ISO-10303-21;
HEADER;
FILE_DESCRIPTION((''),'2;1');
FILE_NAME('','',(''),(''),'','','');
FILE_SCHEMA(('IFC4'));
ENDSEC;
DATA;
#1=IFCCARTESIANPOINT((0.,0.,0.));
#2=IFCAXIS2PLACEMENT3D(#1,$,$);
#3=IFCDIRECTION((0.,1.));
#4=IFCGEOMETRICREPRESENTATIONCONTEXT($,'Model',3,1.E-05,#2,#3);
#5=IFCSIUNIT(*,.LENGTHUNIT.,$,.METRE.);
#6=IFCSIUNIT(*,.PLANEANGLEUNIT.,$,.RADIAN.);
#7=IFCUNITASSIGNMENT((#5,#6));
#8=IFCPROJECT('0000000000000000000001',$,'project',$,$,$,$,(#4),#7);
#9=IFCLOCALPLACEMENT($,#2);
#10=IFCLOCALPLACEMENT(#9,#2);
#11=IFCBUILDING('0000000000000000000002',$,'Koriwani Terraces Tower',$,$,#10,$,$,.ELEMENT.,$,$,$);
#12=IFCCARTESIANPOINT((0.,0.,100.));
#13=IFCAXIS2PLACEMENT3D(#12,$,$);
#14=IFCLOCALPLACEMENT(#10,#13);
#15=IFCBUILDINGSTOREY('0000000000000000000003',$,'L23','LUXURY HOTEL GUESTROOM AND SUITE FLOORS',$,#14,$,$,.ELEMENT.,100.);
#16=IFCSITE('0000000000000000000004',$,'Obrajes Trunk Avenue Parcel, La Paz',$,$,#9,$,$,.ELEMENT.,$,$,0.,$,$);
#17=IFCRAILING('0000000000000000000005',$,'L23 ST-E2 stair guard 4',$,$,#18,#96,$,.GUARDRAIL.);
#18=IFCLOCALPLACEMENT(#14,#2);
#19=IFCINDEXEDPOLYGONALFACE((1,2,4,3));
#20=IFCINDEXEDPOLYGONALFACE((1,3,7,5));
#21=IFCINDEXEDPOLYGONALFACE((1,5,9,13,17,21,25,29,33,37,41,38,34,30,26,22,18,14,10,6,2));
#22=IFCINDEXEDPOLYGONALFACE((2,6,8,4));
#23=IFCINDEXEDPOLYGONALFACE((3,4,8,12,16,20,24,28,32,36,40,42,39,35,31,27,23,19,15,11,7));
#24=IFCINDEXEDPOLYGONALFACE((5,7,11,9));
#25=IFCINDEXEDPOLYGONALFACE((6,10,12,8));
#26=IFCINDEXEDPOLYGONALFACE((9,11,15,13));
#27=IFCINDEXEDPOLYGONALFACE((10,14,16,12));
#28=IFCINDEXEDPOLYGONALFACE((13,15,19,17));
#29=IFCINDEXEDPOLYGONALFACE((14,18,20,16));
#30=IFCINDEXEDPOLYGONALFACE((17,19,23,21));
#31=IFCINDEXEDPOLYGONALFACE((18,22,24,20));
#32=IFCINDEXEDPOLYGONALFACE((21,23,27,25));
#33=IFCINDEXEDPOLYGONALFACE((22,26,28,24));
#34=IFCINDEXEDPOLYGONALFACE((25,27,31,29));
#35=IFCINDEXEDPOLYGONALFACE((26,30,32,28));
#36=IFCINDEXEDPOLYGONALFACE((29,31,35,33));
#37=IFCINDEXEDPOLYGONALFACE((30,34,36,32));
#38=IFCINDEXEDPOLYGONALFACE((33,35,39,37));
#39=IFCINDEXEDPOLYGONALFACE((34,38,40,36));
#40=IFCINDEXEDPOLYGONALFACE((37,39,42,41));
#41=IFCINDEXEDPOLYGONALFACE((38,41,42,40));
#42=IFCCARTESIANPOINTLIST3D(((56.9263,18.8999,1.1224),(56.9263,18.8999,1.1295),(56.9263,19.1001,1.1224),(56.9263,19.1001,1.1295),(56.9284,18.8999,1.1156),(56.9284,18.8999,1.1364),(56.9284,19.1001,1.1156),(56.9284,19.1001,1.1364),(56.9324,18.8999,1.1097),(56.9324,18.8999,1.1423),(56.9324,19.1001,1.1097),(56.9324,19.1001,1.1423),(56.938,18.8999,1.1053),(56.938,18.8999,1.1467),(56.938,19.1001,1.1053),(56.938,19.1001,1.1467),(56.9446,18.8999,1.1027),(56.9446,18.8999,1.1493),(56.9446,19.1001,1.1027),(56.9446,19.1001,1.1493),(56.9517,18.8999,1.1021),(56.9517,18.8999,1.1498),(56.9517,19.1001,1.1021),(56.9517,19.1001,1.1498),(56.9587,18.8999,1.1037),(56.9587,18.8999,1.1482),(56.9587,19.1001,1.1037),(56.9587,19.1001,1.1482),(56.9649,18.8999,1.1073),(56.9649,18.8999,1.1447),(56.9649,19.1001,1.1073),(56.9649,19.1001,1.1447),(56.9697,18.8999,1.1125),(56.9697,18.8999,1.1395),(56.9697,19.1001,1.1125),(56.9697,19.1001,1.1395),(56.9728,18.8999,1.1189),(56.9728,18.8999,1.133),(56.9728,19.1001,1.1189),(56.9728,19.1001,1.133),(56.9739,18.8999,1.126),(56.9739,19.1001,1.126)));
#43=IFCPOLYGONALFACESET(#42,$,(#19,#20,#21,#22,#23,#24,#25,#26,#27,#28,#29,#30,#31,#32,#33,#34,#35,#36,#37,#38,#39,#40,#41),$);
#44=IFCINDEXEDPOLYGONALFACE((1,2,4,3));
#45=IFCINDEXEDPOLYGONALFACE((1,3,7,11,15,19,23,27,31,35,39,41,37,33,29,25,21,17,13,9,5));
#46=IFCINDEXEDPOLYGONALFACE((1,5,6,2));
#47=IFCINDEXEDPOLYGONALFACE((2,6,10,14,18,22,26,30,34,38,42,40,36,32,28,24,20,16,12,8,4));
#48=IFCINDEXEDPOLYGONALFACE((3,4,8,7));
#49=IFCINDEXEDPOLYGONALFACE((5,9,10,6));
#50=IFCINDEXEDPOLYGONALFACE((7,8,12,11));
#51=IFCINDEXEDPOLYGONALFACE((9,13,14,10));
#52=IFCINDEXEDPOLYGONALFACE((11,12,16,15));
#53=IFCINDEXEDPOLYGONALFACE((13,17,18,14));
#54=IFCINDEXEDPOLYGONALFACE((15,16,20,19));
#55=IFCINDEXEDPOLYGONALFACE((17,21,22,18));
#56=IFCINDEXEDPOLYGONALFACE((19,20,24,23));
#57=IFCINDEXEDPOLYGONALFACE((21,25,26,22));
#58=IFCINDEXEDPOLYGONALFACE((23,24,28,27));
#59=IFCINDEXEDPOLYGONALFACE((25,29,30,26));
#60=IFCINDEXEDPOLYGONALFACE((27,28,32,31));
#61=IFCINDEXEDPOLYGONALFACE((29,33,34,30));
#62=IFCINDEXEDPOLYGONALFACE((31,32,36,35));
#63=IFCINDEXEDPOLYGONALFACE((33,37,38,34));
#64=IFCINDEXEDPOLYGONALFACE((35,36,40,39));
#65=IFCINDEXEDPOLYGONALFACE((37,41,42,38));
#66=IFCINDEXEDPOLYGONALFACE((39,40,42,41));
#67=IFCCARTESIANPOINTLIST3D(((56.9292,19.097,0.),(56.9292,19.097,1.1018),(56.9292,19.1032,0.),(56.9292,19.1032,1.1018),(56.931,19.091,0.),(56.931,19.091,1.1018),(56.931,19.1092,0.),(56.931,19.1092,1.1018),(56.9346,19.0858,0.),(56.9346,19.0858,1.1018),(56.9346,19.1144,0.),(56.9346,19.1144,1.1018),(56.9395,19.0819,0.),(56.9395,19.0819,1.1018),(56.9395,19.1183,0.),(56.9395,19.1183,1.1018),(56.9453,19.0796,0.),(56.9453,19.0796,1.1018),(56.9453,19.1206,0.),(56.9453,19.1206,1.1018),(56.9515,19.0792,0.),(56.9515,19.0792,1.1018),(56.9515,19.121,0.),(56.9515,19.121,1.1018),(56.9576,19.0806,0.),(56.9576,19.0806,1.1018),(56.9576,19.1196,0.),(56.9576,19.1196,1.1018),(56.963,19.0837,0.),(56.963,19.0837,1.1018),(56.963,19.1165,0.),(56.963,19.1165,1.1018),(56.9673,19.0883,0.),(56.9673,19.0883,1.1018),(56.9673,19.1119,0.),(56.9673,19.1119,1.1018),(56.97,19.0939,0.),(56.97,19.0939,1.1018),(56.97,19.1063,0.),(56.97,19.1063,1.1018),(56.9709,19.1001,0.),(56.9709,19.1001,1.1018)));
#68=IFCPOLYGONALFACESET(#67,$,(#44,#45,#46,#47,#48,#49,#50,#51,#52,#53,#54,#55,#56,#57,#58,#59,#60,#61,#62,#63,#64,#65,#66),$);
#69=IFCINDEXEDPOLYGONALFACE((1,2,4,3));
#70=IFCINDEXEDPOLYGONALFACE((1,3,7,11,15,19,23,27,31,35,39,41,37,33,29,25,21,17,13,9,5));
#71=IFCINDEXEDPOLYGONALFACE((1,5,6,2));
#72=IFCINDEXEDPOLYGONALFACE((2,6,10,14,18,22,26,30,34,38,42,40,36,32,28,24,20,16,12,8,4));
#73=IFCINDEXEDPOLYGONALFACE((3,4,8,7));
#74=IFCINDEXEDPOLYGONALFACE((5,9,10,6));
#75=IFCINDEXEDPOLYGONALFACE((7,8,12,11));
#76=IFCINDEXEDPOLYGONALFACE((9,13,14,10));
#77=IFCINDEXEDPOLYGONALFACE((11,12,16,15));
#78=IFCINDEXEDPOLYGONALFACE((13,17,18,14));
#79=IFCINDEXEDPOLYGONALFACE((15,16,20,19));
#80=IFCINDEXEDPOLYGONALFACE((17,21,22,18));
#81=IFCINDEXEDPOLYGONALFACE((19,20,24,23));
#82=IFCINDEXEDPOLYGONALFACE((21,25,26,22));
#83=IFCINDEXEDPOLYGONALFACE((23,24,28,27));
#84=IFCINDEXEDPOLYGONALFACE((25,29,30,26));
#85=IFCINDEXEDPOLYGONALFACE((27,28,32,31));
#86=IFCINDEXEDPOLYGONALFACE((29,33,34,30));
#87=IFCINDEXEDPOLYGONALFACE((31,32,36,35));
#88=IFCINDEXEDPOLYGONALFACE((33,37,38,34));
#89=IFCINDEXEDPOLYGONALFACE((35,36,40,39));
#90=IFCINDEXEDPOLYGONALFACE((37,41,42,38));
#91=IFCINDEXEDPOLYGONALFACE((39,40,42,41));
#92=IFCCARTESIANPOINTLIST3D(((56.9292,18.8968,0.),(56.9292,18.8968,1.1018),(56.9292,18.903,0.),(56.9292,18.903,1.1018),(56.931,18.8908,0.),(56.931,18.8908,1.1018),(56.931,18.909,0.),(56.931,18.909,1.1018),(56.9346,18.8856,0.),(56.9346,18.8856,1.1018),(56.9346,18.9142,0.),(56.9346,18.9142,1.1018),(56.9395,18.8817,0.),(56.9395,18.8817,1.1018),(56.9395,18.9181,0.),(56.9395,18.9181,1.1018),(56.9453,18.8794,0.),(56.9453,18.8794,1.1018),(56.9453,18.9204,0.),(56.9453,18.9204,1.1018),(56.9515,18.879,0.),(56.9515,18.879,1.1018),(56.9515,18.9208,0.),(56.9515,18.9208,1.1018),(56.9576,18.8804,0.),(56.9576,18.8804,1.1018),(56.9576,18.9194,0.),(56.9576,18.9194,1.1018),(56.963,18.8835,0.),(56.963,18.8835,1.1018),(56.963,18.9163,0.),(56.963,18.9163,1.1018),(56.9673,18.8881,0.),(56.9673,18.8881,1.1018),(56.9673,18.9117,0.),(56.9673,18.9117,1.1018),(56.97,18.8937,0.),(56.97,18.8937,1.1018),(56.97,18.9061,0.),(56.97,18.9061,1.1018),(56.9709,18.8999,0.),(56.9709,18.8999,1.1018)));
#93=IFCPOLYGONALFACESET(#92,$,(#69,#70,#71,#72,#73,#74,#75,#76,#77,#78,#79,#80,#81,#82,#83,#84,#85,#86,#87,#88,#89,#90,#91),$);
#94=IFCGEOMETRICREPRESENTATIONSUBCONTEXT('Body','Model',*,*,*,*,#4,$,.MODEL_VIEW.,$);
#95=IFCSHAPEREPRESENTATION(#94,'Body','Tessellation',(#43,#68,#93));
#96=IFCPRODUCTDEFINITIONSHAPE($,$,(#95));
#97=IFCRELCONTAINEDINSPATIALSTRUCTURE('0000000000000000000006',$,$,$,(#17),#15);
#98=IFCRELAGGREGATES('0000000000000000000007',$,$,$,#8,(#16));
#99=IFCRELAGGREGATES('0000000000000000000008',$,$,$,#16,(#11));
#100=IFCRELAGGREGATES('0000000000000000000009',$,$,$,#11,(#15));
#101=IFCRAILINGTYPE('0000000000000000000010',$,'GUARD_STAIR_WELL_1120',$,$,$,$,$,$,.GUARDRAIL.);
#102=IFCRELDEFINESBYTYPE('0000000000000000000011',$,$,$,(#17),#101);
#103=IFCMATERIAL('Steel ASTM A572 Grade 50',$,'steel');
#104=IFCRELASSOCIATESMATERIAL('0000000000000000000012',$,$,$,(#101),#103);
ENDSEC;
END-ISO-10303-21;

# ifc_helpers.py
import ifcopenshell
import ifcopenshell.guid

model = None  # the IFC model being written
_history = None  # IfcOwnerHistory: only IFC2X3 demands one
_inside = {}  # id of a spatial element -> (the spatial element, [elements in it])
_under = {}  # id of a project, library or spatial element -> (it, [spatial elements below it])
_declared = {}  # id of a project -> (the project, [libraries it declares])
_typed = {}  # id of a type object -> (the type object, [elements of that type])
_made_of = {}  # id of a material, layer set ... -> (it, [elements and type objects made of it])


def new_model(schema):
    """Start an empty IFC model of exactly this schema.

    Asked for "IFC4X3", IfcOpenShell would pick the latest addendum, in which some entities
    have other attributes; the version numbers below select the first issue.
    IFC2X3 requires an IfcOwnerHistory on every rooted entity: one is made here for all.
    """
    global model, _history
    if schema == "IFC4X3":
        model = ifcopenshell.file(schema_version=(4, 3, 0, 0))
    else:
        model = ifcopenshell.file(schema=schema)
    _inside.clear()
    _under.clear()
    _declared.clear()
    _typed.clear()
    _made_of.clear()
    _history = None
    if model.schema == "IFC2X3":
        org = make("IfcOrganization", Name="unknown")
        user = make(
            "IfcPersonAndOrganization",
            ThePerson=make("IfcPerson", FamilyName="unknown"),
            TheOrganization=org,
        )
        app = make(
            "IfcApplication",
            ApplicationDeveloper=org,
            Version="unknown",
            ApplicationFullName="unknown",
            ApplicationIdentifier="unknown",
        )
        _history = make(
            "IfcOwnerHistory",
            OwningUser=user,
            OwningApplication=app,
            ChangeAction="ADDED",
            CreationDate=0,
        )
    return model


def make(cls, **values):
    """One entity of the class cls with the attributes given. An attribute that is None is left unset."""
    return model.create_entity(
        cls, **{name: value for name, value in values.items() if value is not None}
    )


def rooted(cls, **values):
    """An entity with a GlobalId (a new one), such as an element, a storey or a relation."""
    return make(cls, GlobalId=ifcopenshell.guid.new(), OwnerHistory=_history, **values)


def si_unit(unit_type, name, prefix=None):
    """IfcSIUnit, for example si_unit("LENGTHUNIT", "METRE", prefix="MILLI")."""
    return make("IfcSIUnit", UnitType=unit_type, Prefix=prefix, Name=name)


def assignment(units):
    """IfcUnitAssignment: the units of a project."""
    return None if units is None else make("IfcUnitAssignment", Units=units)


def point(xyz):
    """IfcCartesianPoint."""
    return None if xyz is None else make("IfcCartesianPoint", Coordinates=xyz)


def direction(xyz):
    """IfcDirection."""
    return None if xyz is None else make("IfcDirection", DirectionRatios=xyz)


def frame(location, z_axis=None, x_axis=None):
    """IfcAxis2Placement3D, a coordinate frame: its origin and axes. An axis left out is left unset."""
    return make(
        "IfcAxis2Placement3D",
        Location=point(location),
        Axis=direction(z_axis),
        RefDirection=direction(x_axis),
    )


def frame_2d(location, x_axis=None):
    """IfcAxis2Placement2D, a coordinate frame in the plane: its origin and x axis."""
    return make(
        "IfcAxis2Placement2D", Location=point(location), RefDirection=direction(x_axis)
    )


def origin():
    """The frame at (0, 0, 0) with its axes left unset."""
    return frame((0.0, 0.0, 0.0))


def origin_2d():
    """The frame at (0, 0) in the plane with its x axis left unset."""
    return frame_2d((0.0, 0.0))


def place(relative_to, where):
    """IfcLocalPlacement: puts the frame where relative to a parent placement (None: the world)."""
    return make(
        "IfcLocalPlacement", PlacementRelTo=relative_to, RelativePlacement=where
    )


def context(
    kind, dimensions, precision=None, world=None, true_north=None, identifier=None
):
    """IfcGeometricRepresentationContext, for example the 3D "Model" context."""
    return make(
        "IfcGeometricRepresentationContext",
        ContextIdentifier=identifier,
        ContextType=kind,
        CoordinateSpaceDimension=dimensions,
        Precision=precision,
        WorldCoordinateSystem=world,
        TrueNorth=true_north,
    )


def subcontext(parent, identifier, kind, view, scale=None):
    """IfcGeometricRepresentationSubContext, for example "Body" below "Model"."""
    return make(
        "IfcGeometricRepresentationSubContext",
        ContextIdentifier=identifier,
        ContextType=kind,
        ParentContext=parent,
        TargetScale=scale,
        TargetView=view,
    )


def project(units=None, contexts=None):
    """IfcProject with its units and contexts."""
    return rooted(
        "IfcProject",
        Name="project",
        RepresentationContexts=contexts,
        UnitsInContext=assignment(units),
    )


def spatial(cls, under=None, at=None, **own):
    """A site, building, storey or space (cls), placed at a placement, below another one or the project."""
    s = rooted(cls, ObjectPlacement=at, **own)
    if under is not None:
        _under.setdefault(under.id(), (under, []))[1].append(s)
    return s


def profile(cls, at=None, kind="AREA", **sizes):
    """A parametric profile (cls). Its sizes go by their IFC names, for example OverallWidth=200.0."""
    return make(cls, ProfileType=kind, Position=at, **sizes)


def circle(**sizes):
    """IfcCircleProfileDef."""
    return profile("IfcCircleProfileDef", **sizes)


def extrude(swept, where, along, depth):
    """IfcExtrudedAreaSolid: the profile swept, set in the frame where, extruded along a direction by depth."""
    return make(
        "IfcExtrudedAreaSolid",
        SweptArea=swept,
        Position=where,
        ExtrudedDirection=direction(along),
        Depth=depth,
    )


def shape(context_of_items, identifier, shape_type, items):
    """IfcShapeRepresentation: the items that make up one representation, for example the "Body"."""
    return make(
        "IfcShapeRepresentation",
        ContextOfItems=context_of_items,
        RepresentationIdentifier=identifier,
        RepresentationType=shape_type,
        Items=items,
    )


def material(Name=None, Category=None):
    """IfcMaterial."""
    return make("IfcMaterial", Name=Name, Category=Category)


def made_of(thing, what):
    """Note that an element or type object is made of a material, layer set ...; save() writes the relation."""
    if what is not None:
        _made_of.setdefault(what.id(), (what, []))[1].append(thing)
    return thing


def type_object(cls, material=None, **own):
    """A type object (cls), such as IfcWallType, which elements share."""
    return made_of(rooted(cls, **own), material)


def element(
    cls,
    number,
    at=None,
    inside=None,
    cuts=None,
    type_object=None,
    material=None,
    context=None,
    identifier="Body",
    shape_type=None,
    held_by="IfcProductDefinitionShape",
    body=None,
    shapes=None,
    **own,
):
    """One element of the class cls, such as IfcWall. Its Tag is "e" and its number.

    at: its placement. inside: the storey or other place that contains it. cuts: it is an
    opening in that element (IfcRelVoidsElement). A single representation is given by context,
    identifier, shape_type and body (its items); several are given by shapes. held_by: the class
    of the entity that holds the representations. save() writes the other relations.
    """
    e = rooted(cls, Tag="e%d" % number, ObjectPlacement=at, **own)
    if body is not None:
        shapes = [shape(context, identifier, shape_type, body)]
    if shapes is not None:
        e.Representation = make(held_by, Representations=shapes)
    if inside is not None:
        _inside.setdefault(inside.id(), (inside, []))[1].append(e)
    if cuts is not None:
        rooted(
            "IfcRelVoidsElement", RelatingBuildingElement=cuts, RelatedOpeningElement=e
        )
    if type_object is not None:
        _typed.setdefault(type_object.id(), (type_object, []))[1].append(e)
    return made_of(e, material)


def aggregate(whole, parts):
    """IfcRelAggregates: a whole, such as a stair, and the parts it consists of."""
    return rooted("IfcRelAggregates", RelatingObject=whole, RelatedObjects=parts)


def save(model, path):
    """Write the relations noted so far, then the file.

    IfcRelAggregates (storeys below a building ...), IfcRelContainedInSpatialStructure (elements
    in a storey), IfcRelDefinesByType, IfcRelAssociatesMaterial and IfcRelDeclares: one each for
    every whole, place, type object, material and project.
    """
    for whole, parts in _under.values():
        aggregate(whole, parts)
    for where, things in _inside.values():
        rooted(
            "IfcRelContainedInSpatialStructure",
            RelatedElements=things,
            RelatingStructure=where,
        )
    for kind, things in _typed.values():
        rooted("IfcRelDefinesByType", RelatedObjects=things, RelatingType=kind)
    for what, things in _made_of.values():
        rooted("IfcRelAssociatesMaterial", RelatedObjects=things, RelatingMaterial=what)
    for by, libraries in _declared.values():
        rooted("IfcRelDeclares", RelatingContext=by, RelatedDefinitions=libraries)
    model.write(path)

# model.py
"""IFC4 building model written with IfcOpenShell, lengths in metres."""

from ifc_helpers import new_model, si_unit, direction, frame, origin, origin_2d, place, context, subcontext, project, spatial, circle, extrude, material, type_object, element, save


model = new_model("IFC4")

# Units and contexts
model_context = context("Model", 3, precision=1e-05, world=origin(), true_north=direction((0.0, 1.0)))
body_context = subcontext(model_context, "Body", "Model", "MODEL_VIEW")
ifc_project = project(units=[si_unit("LENGTHUNIT", "METRE"), si_unit("PLANEANGLEUNIT", "RADIAN")], contexts=[model_context])

# Site, building, storey
site_placement = place(None, origin())
site = spatial("IfcSite", under=ifc_project, at=site_placement, Name="Obrajes Trunk Avenue Parcel, La Paz", CompositionType="ELEMENT", RefElevation=0.0)
building_placement = place(site_placement, origin())
building = spatial("IfcBuilding", under=site, at=building_placement, Name="Koriwani Terraces Tower", CompositionType="ELEMENT")
storey_placement = place(building_placement, frame((0.0, 0.0, 100.0)))
storey = spatial("IfcBuildingStorey", under=building, at=storey_placement, Name="L23", Description="LUXURY HOTEL GUESTROOM AND SUITE FLOORS", CompositionType="ELEMENT", Elevation=100.0)

# Shared definitions
ifc_material_1 = material(Name="Steel ASTM A572 Grade 50", Category="steel")

# Railing
railing_type_1 = type_object("IfcRailingType", Name="GUARD_STAIR_WELL_1120", PredefinedType="GUARDRAIL", material=ifc_material_1)
railing_1_placement = place(storey_placement, frame((56.95, 19.1001, 0.0)))
element("IfcRailing", 1, at=railing_1_placement, inside=storey, type_object=railing_type_1, Name="L23 ST-E2 stair guard 4", PredefinedType="GUARDRAIL", context=body_context, shape_type="SweptSolid", body=[
    extrude(circle(Radius=0.0239, at=origin_2d()), frame((0.0, 0.0, 1.126), z_axis=(0.0, -1.0, 0.0), x_axis=(1.0, 0.0, 0.0)), (0.0, 0.0, 1.0), 0.2002),
    extrude(circle(Radius=0.021, at=origin_2d()), origin(), (0.0, 0.0, 1.0), 1.1018),
    extrude(circle(Radius=0.021, at=origin_2d()), frame((0.0, -0.2002, 0.0)), (0.0, 0.0, 1.0), 1.1018),
])

save(model, "model.ifc")
